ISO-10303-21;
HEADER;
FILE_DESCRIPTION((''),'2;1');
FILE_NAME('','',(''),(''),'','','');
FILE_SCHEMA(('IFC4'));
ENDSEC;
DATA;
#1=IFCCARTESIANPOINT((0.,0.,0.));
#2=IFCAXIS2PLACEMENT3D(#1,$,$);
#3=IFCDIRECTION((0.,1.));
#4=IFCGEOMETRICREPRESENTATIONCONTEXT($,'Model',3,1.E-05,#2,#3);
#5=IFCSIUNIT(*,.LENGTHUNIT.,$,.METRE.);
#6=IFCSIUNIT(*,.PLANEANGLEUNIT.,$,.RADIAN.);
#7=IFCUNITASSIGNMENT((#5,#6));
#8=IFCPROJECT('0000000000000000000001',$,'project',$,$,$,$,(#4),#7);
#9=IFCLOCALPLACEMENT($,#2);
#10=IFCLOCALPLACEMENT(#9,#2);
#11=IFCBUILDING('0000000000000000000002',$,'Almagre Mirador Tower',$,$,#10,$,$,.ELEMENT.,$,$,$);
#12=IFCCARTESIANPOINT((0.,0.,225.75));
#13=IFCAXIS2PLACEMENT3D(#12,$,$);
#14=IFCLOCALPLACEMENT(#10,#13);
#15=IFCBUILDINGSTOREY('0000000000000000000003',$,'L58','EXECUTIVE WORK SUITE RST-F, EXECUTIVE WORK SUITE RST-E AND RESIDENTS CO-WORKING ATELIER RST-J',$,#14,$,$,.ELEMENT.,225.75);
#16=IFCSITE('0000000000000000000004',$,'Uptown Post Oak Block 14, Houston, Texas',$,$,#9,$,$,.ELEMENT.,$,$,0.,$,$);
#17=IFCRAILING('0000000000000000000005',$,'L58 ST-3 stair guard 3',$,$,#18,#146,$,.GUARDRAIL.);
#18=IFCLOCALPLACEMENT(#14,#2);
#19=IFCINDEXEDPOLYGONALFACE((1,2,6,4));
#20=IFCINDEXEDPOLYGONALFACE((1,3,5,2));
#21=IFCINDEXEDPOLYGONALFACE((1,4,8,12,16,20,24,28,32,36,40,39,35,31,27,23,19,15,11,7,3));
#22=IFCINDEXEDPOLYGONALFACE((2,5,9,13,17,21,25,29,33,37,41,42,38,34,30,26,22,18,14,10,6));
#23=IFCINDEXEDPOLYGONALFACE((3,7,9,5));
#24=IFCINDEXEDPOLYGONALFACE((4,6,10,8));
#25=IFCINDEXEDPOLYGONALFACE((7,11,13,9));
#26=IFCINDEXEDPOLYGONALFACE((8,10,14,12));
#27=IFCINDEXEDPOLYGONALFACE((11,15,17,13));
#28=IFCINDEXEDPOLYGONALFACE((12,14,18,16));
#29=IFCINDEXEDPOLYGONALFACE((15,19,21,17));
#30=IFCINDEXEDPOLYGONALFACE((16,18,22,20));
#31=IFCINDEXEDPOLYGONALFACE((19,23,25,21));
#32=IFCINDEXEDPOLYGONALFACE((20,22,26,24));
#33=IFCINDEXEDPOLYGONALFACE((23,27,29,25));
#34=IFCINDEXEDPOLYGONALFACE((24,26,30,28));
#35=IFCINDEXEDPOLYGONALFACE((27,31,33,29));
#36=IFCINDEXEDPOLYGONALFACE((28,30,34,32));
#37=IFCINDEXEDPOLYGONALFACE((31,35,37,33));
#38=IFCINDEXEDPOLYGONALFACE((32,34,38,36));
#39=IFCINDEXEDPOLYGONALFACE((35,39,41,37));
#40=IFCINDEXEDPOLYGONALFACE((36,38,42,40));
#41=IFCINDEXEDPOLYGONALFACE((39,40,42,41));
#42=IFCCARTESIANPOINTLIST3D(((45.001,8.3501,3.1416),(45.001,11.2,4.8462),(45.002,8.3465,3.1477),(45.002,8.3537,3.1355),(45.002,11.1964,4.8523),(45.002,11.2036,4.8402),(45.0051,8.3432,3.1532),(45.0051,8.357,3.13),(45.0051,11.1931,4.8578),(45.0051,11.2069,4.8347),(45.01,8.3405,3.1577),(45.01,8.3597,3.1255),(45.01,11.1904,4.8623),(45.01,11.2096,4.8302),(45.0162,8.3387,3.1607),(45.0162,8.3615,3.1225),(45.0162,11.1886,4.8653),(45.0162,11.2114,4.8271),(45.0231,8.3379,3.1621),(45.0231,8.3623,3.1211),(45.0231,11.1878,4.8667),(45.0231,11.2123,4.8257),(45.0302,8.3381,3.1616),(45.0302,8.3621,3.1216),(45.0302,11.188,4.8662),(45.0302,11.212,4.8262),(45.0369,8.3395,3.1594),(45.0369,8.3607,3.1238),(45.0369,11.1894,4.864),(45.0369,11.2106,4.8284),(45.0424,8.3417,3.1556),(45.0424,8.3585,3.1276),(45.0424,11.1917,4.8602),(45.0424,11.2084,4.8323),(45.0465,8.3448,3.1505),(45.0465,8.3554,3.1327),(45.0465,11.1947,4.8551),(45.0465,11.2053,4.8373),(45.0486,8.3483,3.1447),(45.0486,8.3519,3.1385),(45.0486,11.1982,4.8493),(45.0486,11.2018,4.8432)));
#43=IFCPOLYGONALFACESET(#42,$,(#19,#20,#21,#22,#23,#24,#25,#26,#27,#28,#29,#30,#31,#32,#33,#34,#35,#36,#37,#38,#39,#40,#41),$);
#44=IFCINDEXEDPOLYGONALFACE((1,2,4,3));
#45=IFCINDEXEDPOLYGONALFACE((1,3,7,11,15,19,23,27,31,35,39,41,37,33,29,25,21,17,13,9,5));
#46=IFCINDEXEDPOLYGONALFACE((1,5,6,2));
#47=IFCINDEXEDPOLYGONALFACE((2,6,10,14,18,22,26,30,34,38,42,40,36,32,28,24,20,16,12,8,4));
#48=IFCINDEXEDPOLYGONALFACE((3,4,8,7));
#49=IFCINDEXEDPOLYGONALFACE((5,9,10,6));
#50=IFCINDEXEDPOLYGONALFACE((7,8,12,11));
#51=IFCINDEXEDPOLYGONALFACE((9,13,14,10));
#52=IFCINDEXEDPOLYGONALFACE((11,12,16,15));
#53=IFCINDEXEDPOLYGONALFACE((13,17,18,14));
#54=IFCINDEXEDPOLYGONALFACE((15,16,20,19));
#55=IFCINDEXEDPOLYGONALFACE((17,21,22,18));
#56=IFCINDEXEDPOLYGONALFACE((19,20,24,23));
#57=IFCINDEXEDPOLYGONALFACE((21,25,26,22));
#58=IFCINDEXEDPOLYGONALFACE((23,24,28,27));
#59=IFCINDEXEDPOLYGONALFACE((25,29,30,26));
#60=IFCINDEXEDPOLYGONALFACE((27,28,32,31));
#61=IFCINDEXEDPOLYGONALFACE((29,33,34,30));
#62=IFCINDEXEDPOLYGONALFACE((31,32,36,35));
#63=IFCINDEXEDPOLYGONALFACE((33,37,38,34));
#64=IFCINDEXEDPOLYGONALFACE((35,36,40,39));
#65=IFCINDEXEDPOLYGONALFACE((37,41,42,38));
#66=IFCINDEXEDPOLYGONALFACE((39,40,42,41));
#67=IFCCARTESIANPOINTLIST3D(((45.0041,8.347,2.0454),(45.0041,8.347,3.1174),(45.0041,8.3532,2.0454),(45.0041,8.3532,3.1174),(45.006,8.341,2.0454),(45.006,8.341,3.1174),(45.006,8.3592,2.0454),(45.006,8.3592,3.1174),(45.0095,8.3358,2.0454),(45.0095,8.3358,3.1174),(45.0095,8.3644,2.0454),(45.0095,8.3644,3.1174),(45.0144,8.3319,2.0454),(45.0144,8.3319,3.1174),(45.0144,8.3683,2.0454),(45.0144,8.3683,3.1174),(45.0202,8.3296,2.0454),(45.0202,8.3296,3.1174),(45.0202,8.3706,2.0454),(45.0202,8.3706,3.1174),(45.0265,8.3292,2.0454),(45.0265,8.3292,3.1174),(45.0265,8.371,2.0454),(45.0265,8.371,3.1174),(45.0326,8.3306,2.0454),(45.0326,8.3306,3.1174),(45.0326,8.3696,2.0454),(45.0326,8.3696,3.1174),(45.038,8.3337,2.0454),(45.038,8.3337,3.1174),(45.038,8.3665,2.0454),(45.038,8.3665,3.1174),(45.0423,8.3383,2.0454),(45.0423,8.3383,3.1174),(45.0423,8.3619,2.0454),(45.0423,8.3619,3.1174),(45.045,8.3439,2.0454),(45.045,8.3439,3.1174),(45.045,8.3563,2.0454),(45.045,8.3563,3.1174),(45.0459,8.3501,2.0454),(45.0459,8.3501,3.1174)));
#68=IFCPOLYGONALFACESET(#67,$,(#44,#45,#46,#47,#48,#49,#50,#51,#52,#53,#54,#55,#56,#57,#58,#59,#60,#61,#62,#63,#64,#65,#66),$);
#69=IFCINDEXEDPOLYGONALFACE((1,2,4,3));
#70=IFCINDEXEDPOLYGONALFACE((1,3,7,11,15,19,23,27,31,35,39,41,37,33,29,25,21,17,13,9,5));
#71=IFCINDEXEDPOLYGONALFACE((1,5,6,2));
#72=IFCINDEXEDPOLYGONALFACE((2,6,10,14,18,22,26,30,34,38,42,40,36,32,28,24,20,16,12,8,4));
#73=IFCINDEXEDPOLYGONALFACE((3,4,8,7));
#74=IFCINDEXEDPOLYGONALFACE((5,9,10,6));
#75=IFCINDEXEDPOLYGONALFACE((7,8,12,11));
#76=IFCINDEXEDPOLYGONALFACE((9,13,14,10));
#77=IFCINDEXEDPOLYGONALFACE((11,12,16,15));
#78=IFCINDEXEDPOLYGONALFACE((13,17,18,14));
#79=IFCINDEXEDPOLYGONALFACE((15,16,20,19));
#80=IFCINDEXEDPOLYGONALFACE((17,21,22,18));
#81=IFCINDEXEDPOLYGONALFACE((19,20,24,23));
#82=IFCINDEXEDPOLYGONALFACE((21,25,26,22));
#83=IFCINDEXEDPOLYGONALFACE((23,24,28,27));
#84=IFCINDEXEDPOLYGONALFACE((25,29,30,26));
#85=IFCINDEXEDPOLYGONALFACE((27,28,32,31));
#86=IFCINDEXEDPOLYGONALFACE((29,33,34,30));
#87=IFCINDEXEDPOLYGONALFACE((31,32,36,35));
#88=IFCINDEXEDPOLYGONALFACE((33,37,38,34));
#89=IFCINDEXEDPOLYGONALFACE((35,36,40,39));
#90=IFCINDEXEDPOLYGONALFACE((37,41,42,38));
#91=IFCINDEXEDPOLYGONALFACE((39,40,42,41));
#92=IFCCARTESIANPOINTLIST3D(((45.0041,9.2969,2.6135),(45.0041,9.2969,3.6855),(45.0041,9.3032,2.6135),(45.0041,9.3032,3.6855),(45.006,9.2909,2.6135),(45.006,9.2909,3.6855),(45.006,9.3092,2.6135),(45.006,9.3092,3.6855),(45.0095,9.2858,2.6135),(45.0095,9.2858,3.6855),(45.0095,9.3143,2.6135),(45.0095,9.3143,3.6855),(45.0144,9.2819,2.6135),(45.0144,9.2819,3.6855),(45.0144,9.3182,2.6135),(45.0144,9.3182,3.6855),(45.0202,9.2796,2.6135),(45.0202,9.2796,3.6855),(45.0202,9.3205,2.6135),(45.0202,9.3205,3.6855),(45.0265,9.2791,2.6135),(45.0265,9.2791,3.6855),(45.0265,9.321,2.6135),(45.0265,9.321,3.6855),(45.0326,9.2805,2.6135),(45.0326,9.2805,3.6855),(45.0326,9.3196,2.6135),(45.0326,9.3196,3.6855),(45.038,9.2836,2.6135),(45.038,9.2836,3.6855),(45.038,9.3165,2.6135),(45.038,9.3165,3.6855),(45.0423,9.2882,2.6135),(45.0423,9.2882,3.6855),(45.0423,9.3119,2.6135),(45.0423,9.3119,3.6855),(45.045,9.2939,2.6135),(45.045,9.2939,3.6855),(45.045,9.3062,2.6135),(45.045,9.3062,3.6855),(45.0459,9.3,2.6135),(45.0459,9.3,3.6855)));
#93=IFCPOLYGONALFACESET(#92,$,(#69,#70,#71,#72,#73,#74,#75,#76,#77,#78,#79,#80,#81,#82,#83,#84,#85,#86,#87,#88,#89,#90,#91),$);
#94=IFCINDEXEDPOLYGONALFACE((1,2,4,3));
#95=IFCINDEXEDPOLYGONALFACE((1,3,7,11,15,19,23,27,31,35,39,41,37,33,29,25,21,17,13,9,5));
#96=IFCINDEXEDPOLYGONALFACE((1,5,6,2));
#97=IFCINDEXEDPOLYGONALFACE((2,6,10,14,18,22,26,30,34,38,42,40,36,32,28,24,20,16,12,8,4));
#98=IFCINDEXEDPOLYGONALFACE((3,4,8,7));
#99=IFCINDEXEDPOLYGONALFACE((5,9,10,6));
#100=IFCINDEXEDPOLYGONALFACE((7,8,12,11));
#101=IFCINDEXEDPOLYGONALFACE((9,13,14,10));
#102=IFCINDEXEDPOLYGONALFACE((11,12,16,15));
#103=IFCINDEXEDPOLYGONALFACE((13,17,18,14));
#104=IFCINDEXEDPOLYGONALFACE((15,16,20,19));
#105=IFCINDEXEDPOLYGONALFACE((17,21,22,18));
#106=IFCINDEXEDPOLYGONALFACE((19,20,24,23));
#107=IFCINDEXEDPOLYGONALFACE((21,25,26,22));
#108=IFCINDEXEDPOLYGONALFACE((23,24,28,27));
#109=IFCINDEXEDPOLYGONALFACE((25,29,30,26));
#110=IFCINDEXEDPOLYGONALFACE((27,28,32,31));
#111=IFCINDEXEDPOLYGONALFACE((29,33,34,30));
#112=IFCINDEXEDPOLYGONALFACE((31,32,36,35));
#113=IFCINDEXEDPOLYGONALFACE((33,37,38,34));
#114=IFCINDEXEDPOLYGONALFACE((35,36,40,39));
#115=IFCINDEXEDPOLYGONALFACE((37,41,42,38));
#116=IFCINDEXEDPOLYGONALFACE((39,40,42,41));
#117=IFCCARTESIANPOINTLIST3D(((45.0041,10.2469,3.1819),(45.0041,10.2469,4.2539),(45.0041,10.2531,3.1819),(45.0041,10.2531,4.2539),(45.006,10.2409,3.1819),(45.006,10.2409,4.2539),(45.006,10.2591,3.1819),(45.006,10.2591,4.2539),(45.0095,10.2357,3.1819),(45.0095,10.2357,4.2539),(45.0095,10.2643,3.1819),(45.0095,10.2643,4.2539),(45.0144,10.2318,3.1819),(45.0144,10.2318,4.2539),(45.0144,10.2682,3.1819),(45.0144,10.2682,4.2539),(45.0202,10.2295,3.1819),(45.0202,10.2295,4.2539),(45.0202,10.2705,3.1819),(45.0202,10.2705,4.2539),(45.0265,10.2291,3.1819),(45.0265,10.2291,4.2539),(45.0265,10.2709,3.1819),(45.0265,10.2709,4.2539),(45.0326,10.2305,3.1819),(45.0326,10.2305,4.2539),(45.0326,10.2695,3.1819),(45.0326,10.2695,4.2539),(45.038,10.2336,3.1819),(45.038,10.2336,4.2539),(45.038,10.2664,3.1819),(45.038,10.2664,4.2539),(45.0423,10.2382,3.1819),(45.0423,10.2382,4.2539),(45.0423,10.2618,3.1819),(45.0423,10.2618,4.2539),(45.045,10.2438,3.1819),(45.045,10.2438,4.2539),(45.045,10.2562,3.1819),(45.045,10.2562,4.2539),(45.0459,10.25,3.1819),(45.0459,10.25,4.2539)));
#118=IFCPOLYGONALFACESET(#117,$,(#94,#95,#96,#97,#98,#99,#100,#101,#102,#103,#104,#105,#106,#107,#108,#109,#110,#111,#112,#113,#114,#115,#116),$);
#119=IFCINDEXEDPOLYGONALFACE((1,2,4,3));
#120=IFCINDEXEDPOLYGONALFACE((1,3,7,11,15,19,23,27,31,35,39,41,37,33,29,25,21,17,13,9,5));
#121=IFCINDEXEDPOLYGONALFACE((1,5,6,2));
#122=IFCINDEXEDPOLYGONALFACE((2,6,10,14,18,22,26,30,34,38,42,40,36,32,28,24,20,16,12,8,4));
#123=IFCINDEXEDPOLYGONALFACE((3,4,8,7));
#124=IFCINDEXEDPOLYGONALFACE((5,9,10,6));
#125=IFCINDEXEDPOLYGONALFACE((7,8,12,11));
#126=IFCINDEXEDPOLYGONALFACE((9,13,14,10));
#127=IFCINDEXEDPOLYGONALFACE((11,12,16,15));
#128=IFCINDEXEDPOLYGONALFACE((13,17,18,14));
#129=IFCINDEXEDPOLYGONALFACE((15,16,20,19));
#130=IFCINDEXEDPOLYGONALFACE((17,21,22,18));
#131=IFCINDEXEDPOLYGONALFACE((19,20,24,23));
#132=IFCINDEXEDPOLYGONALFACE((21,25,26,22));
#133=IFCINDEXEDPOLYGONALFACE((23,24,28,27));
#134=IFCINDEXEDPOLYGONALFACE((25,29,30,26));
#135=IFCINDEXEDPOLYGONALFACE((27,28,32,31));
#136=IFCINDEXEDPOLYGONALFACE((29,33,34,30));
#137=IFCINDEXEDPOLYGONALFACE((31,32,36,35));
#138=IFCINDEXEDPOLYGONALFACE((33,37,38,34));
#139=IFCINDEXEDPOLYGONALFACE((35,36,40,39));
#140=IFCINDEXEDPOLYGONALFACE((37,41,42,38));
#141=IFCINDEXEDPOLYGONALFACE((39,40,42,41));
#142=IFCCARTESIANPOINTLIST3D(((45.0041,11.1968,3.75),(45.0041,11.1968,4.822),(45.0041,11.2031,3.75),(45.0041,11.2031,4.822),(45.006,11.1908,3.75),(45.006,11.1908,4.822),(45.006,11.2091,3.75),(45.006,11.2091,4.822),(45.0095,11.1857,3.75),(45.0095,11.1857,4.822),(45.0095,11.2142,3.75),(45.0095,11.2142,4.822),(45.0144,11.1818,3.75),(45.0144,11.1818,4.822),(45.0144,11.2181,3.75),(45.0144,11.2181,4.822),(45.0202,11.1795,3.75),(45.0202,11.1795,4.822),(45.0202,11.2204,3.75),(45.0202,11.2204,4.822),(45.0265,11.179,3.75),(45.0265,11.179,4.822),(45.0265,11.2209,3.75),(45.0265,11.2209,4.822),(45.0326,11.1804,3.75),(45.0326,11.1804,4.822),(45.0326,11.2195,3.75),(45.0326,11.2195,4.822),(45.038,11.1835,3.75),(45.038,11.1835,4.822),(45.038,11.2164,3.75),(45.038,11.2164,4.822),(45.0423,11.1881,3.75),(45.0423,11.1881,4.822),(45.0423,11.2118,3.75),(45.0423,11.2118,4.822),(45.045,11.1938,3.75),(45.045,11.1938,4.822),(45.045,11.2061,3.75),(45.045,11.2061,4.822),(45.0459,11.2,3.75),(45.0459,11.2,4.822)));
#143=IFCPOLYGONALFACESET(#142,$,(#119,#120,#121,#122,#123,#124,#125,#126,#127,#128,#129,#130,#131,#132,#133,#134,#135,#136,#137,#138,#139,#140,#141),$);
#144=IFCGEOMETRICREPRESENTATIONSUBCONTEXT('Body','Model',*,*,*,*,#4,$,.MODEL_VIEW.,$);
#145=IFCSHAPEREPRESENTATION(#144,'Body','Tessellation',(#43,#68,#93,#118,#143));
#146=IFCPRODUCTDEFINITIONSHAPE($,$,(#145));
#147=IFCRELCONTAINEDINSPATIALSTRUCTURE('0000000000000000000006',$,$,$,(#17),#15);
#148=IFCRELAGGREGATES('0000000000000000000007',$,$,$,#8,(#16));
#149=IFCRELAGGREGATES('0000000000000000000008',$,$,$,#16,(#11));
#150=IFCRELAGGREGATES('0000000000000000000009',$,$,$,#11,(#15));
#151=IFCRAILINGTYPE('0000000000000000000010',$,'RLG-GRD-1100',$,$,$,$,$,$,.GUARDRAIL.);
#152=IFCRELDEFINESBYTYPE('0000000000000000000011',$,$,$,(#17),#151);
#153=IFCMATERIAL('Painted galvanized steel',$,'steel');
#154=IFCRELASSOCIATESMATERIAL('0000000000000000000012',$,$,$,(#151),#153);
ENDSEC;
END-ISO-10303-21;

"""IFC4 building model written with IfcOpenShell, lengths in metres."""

from ifc_helpers import new_model, si_unit, direction, frame, origin, origin_2d, place, context, subcontext, project, spatial, circle, extrude, material, type_object, element, save


model = new_model("IFC4")

# Units and contexts
model_context = context("Model", 3, precision=1e-05, world=origin(), true_north=direction((0.0, 1.0)))
body_context = subcontext(model_context, "Body", "Model", "MODEL_VIEW")
ifc_project = project(units=[si_unit("LENGTHUNIT", "METRE"), si_unit("PLANEANGLEUNIT", "RADIAN")], contexts=[model_context])

# Site, building, storey
site_placement = place(None, origin())
site = spatial("IfcSite", under=ifc_project, at=site_placement, Name="Uptown Post Oak Block 14, Houston, Texas", CompositionType="ELEMENT", RefElevation=0.0)
building_placement = place(site_placement, origin())
building = spatial("IfcBuilding", under=site, at=building_placement, Name="Almagre Mirador Tower", CompositionType="ELEMENT")
storey_placement = place(building_placement, frame((0.0, 0.0, 225.75)))
storey = spatial("IfcBuildingStorey", under=building, at=storey_placement, Name="L58", Description="EXECUTIVE WORK SUITE RST-F, EXECUTIVE WORK SUITE RST-E AND RESIDENTS CO-WORKING ATELIER RST-J", CompositionType="ELEMENT", Elevation=225.75)

# Railing
ifc_material_1 = material(Name="Painted galvanized steel", Category="steel")
railing_type_1 = type_object("IfcRailingType", Name="RLG-GRD-1100", PredefinedType="GUARDRAIL", material=ifc_material_1)
railing_1_placement = place(storey_placement, frame((45.0249, 8.3501, 2.0454)))
element("IfcRailing", 1, at=railing_1_placement, inside=storey, type_object=railing_type_1, Name="L58 ST-3 stair guard 3", PredefinedType="GUARDRAIL", context=body_context, shape_type="SweptSolid", body=[
    extrude(circle(Radius=0.0239, at=origin_2d()), frame((0.0, 0.0, 1.0962), z_axis=(0.0, 0.858199, 0.513317), x_axis=(-1.0, 0.0, 0.0)), (0.0, 0.0, 1.0), 3.3208),
    extrude(circle(Radius=0.021, at=origin_2d()), origin(), (0.0, 0.0, 1.0), 1.072),
    extrude(circle(Radius=0.021, at=origin_2d()), frame((0.0, 0.95, 0.5681)), (0.0, 0.0, 1.0), 1.072),
    extrude(circle(Radius=0.021, at=origin_2d()), frame((0.0, 1.8999, 1.1365)), (0.0, 0.0, 1.0), 1.072),
    extrude(circle(Radius=0.021, at=origin_2d()), frame((0.0, 2.8499, 1.7046)), (0.0, 0.0, 1.0), 1.072),
])

save(model, "model.ifc")
